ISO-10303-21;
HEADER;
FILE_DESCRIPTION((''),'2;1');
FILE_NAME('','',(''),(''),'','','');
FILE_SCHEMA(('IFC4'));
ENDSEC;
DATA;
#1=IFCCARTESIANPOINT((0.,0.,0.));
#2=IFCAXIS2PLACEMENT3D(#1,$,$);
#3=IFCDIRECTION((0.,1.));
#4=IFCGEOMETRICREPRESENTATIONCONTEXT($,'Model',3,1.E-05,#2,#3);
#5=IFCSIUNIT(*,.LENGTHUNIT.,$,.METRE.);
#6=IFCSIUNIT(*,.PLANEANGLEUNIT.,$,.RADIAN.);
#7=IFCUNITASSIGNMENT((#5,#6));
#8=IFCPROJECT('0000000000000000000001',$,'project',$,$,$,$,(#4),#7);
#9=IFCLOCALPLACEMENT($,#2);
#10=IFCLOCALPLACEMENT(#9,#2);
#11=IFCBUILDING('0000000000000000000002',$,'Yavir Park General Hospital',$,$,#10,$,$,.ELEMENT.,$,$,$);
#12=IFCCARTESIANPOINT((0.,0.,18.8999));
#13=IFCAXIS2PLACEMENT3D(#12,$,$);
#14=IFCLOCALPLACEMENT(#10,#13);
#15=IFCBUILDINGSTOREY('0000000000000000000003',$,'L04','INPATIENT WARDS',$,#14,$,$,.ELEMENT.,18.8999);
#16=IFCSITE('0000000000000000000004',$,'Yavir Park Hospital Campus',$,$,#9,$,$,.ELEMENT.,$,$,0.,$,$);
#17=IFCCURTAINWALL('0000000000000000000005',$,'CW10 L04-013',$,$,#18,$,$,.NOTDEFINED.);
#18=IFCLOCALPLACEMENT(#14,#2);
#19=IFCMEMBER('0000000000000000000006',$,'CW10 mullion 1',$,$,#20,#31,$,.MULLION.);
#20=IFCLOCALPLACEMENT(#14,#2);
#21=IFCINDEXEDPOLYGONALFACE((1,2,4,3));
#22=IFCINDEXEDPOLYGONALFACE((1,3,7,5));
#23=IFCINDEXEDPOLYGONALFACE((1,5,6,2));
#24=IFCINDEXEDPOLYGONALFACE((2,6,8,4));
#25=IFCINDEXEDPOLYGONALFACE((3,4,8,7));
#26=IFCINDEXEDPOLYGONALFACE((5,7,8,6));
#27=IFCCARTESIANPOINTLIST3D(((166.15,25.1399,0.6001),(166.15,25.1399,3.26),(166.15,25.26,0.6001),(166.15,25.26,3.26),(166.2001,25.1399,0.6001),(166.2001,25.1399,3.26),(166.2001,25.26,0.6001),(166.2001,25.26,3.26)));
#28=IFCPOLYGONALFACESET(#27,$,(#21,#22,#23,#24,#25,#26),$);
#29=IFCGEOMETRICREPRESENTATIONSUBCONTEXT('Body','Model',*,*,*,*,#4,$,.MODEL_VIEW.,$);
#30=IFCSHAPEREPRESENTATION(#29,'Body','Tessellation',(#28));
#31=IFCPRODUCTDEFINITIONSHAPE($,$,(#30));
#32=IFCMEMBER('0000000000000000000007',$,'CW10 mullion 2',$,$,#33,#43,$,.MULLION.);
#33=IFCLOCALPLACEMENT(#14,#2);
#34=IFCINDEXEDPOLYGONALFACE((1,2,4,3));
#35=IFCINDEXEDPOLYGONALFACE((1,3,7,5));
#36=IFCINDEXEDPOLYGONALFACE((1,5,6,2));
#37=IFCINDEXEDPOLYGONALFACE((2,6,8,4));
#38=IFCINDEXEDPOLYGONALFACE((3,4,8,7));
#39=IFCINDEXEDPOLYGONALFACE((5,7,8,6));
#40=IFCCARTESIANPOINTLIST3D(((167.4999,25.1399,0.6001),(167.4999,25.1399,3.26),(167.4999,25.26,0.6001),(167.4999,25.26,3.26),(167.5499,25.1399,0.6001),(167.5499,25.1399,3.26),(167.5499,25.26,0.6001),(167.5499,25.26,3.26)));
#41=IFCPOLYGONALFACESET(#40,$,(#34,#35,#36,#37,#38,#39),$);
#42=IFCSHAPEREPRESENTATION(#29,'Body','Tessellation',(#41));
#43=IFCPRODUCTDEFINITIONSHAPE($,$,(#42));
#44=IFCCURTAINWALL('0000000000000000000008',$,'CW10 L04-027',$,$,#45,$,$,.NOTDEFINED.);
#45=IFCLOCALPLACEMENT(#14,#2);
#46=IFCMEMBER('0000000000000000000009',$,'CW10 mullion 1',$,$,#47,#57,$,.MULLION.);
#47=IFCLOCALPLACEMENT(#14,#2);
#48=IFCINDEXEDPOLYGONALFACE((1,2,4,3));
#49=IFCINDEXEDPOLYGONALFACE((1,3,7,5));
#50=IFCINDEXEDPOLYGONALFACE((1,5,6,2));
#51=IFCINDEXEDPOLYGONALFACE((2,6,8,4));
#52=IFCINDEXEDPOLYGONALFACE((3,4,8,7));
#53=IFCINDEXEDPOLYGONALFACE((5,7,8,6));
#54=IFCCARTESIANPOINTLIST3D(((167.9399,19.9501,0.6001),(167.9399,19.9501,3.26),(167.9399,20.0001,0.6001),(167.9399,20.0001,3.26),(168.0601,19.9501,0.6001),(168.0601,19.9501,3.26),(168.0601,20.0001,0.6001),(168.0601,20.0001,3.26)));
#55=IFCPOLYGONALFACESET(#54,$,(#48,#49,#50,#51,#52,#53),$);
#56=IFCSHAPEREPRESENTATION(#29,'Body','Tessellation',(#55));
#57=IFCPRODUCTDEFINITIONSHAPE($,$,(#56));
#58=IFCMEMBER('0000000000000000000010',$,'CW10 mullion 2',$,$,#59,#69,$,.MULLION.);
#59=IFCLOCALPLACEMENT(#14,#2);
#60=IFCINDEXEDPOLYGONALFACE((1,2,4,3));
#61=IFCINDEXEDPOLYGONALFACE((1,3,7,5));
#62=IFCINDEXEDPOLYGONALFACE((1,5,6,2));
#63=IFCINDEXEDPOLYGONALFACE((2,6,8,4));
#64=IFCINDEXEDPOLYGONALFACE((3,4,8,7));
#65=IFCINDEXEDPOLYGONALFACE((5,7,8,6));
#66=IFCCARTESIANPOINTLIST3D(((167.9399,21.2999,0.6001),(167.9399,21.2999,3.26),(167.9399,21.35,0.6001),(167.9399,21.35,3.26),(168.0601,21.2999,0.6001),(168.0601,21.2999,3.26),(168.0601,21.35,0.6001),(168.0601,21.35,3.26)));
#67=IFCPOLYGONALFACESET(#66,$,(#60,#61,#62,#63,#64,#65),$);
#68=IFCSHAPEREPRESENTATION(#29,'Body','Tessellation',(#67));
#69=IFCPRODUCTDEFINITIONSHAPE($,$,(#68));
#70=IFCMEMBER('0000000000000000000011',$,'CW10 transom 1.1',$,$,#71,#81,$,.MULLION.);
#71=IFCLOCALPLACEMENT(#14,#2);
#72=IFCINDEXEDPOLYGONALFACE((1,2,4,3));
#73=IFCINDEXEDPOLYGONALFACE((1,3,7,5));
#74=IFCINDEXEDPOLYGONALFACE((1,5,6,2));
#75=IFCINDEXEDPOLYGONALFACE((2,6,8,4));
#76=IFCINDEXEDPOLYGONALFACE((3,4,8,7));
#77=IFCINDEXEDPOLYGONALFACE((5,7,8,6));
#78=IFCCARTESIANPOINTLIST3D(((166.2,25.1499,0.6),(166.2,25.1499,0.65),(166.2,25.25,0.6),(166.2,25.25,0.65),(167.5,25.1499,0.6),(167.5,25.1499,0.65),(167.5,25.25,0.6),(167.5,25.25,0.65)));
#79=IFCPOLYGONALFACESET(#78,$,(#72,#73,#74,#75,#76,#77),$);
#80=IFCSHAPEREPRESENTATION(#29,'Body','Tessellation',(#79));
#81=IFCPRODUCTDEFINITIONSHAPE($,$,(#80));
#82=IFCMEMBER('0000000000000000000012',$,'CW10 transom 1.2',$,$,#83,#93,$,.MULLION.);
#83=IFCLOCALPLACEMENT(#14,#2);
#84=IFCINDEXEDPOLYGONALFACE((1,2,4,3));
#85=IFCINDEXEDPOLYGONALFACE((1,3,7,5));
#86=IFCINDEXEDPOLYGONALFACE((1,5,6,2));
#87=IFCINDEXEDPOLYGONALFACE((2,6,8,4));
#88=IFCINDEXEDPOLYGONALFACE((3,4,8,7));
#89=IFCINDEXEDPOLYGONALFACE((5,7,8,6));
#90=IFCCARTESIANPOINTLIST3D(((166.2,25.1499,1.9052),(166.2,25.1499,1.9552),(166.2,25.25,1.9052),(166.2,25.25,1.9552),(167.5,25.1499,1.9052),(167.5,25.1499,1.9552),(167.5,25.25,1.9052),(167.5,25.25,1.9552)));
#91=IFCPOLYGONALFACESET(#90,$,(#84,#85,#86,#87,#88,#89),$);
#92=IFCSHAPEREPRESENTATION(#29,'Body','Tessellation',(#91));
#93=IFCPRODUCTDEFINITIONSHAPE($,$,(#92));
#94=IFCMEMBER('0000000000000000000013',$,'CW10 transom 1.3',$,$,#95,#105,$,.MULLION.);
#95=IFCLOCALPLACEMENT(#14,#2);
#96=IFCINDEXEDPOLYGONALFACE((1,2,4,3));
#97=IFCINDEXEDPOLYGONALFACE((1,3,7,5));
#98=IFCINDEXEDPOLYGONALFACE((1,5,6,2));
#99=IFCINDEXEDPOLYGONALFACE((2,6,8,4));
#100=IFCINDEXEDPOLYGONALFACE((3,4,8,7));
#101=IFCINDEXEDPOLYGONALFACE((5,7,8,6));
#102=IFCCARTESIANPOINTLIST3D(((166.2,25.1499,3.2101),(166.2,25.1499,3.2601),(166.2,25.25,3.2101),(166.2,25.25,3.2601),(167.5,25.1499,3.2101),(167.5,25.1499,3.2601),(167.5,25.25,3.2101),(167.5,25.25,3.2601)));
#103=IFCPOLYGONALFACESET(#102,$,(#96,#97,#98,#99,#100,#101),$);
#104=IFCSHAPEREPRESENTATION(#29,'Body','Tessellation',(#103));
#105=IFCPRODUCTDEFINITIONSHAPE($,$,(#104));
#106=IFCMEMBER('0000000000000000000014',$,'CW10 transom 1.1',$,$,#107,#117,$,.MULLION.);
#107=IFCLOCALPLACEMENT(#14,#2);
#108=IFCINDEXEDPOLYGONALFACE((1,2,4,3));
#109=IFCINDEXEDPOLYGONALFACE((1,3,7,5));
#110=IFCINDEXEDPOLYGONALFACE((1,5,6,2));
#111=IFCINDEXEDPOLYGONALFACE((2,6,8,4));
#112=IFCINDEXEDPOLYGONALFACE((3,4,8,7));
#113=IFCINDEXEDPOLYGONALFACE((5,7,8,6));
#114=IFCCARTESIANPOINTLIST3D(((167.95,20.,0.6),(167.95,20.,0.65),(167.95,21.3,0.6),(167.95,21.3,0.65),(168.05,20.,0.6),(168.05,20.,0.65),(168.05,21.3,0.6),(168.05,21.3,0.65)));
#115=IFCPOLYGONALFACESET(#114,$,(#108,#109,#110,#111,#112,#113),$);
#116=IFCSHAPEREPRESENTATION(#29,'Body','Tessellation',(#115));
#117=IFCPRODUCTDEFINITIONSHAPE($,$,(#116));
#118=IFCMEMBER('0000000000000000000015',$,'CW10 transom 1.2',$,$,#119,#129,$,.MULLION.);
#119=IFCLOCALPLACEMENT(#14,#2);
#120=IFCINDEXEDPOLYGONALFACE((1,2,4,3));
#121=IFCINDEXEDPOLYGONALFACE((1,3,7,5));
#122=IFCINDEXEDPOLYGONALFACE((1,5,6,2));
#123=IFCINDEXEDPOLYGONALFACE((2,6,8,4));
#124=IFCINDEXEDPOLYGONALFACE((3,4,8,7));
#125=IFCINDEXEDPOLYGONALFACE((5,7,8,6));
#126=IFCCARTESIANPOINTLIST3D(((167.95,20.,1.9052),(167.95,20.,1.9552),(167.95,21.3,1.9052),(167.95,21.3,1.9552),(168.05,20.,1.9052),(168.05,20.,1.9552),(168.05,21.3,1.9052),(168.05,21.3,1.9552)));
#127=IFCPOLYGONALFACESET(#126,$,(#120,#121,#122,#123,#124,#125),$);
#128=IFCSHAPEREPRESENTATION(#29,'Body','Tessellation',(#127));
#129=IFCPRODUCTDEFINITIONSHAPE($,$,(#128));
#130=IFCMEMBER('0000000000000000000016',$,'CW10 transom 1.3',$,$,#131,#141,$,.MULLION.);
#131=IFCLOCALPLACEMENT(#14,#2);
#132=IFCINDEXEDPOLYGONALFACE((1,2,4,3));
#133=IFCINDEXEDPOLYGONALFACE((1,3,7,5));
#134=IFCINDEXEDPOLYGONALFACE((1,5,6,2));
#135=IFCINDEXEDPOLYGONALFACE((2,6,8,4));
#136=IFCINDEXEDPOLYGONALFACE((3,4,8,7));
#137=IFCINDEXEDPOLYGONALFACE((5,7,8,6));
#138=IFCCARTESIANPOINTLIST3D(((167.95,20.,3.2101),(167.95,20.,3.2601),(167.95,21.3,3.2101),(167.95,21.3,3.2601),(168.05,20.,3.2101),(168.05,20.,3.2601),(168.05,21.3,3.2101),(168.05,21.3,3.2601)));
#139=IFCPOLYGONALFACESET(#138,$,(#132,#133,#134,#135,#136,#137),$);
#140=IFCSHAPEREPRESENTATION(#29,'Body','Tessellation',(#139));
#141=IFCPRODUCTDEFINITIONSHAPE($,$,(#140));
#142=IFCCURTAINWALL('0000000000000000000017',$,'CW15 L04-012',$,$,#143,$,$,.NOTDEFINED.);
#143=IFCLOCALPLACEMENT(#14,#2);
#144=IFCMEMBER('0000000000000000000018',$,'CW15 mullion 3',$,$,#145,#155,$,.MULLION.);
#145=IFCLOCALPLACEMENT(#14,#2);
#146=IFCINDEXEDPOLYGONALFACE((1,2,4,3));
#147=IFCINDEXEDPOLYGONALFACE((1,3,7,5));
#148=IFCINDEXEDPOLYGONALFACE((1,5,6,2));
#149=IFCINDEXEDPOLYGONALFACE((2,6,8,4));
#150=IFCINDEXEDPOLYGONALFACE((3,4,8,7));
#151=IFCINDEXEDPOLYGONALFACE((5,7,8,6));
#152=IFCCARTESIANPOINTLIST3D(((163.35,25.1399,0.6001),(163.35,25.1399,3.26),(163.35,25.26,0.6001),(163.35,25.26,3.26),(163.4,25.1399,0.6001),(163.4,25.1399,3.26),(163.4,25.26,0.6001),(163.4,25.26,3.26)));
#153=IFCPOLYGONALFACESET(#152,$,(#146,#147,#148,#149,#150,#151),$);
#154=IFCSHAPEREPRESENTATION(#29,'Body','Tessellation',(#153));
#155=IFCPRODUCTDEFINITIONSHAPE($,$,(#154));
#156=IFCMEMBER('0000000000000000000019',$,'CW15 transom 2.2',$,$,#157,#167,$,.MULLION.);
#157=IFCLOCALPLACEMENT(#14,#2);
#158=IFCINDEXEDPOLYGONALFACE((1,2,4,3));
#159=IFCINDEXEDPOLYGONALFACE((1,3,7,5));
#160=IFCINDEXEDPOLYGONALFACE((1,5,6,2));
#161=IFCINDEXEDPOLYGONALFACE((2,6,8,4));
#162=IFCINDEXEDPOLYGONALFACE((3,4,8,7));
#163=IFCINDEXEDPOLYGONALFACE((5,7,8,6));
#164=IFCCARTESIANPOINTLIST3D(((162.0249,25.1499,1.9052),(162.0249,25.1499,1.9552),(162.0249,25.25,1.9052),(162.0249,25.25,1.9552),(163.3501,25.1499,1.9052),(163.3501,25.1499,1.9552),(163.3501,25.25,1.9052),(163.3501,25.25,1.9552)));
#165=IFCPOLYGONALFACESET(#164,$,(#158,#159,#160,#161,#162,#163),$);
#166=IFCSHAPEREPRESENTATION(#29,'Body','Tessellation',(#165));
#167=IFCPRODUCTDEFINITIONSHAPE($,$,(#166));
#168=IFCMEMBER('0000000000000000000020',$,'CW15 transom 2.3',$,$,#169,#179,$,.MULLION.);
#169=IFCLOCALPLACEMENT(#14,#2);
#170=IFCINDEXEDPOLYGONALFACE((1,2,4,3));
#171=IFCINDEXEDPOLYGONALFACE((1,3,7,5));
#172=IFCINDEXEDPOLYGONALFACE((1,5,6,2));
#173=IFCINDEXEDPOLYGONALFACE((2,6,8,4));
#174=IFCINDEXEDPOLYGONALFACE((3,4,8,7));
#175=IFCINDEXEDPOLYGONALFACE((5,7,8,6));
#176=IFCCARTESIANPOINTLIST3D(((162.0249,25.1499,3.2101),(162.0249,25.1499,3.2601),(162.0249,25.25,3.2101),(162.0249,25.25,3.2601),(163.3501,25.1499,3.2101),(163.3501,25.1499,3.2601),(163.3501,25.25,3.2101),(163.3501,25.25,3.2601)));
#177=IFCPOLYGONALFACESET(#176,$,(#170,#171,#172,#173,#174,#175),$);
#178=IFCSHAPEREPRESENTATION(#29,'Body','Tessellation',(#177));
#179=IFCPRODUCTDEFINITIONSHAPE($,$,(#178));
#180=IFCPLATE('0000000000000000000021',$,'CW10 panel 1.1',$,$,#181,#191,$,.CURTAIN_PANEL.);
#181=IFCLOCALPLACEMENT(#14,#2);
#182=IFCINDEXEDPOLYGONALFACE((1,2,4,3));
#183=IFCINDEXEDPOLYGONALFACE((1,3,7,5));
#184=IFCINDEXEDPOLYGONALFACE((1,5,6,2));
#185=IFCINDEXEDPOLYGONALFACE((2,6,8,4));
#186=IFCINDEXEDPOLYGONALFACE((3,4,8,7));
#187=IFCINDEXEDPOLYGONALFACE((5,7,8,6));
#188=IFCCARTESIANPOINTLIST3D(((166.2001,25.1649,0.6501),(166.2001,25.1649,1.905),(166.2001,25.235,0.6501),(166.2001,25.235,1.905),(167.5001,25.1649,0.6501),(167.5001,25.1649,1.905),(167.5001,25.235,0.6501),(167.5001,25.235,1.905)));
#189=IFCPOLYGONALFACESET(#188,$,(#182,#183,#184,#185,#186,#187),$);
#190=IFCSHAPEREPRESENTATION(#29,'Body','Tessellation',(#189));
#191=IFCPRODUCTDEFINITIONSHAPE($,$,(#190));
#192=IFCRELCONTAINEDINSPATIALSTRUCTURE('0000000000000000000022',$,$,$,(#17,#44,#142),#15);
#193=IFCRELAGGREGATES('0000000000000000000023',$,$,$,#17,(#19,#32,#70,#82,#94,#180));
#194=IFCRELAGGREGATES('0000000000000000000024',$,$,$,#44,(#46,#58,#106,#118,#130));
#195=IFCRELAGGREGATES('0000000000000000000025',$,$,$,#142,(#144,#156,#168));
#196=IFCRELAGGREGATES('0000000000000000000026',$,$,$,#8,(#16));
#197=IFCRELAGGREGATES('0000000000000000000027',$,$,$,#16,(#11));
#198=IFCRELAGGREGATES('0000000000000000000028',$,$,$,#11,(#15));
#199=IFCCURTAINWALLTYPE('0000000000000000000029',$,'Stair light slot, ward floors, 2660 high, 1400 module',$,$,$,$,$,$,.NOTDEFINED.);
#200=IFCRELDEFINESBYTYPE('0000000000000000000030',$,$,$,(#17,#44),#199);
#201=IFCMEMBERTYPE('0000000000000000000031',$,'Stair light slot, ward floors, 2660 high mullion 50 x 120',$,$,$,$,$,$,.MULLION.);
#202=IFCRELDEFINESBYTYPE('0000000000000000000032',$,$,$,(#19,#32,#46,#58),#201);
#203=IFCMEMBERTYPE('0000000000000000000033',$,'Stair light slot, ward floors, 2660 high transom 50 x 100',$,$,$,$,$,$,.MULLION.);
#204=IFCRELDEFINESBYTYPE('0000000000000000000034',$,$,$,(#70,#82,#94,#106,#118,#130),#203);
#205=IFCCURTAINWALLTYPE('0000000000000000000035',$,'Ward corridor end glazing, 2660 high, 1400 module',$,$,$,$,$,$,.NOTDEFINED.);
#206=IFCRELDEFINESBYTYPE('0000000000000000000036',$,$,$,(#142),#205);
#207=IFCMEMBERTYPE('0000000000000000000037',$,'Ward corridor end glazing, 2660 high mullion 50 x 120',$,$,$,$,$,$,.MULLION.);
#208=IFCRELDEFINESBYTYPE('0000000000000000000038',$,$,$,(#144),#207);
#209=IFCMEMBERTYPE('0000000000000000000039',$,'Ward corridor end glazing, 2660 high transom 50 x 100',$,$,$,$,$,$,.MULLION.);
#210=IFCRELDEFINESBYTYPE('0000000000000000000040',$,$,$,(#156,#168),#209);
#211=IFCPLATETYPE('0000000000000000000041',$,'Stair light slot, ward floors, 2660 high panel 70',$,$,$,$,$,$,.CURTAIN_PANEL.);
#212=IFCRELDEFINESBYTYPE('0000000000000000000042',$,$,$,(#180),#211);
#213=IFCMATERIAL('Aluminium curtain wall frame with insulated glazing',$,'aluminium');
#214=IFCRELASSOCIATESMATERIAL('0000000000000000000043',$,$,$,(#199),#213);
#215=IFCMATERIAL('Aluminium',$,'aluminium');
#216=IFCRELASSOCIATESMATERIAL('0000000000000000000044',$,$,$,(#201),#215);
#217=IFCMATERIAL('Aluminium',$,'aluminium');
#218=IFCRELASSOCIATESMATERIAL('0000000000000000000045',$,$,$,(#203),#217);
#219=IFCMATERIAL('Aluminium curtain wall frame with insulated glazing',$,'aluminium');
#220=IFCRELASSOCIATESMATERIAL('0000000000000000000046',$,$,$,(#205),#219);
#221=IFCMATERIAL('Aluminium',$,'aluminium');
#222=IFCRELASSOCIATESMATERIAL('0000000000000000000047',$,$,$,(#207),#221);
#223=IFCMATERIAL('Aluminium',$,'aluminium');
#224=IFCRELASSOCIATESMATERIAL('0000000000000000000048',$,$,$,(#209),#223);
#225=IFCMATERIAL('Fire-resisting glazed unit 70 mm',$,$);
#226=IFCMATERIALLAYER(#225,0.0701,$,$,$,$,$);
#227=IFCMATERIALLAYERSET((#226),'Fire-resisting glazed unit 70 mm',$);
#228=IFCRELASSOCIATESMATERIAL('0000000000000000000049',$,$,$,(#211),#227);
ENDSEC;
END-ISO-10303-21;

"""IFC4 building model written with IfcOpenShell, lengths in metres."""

from ifc_helpers import new_model, si_unit, direction, frame, origin, origin_2d, place, context, subcontext, project, spatial, rectangle, extrude, material, layer, layer_set, material_profile, profile_set, type_object, element, aggregate, save


model = new_model("IFC4")

# Units and contexts
model_context = context("Model", 3, precision=1e-05, world=origin(), true_north=direction((0.0, 1.0)))
body_context = subcontext(model_context, "Body", "Model", "MODEL_VIEW")
ifc_project = project(units=[si_unit("LENGTHUNIT", "METRE"), si_unit("PLANEANGLEUNIT", "RADIAN")], contexts=[model_context])

# Site, building, storey
site_placement = place(None, origin())
site = spatial("IfcSite", under=ifc_project, at=site_placement, Name="Yavir Park Hospital Campus", CompositionType="ELEMENT", RefElevation=0.0)
building_placement = place(site_placement, origin())
building = spatial("IfcBuilding", under=site, at=building_placement, Name="Yavir Park General Hospital", CompositionType="ELEMENT")
storey_placement = place(building_placement, frame((0.0, 0.0, 18.8999)))
storey = spatial("IfcBuildingStorey", under=building, at=storey_placement, Name="L04", Description="INPATIENT WARDS", CompositionType="ELEMENT", Elevation=18.8999)

# Curtain walls, members
ifc_material_1 = material(Name="Aluminium curtain wall frame with insulated glazing", Category="aluminium")
curtain_wall_type_1 = type_object("IfcCurtainWallType", Name="Stair light slot, ward floors, 2660 high, 1400 module", PredefinedType="NOTDEFINED", material=ifc_material_1)
curtain_wall_1_placement = place(storey_placement, origin())
curtain_wall_1 = element("IfcCurtainWall", 1, at=curtain_wall_1_placement, inside=storey, type_object=curtain_wall_type_1, Name="CW10 L04-013", PredefinedType="NOTDEFINED")
ifc_material_2 = material(Name="Aluminium", Category="aluminium")
ifc_material_profile_1 = material_profile(ifc_material_2, rectangle(XDim=0.1201, YDim=0.05, at=origin_2d()), Name="AL 50x120")
ifc_profile_set_1 = profile_set([ifc_material_profile_1], Name="Aluminium")
member_type_1 = type_object("IfcMemberType", Name="Stair light slot, ward floors, 2660 high mullion 50 x 120", PredefinedType="MULLION", material=ifc_profile_set_1)
member_1_placement = place(storey_placement, frame((166.175, 25.2, 0.6001), z_axis=(0.0, 0.0, 1.0), x_axis=(0.0, 1.0, 0.0)))
member_1 = element("IfcMember", 2, at=member_1_placement, type_object=member_type_1, Name="CW10 mullion 1", PredefinedType="MULLION", context=body_context, shape_type="SweptSolid", body=[
    extrude(rectangle(XDim=0.1201, YDim=0.05, at=origin_2d()), origin(), (0.0, 0.0, 1.0), 2.6599),
])
member_2_placement = place(storey_placement, frame((167.5249, 25.2, 0.6001), z_axis=(0.0, 0.0, 1.0), x_axis=(0.0, 1.0, 0.0)))
member_2 = element("IfcMember", 3, at=member_2_placement, type_object=member_type_1, Name="CW10 mullion 2", PredefinedType="MULLION", context=body_context, shape_type="SweptSolid", body=[
    extrude(rectangle(XDim=0.1201, YDim=0.05, at=origin_2d()), origin(), (0.0, 0.0, 1.0), 2.6599),
])
curtain_wall_2_placement = place(storey_placement, origin())
curtain_wall_2 = element("IfcCurtainWall", 4, at=curtain_wall_2_placement, inside=storey, type_object=curtain_wall_type_1, Name="CW10 L04-027", PredefinedType="NOTDEFINED")
member_3_placement = place(storey_placement, frame((168.0, 19.9751, 0.6001), z_axis=(0.0, 0.0, 1.0), x_axis=(-1.0, 0.0, 0.0)))
member_3 = element("IfcMember", 5, at=member_3_placement, type_object=member_type_1, Name="CW10 mullion 1", PredefinedType="MULLION", context=body_context, shape_type="SweptSolid", body=[
    extrude(rectangle(XDim=0.1201, YDim=0.05, at=origin_2d()), origin(), (0.0, 0.0, 1.0), 2.6599),
])
member_4_placement = place(storey_placement, frame((168.0, 21.325, 0.6001), z_axis=(0.0, 0.0, 1.0), x_axis=(-1.0, 0.0, 0.0)))
member_4 = element("IfcMember", 6, at=member_4_placement, type_object=member_type_1, Name="CW10 mullion 2", PredefinedType="MULLION", context=body_context, shape_type="SweptSolid", body=[
    extrude(rectangle(XDim=0.1201, YDim=0.05, at=origin_2d()), origin(), (0.0, 0.0, 1.0), 2.6599),
])

# Members
ifc_material_3 = material(Name="Aluminium", Category="aluminium")
ifc_material_profile_2 = material_profile(ifc_material_3, rectangle(XDim=0.1001, YDim=0.05, at=origin_2d()), Name="AL 100x50")
ifc_profile_set_2 = profile_set([ifc_material_profile_2], Name="Aluminium")
member_type_2 = type_object("IfcMemberType", Name="Stair light slot, ward floors, 2660 high transom 50 x 100", PredefinedType="MULLION", material=ifc_profile_set_2)
member_5_placement = place(storey_placement, frame((166.2, 25.2, 0.625), z_axis=(1.0, 0.0, 0.0), x_axis=(0.0, 1.0, 0.0)))
member_5 = element("IfcMember", 7, at=member_5_placement, type_object=member_type_2, Name="CW10 transom 1.1", PredefinedType="MULLION", context=body_context, shape_type="SweptSolid", body=[
    extrude(rectangle(XDim=0.1001, YDim=0.05, at=origin_2d()), origin(), (0.0, 0.0, 1.0), 1.3),
])
member_6_placement = place(storey_placement, frame((166.2, 25.2, 1.9302), z_axis=(1.0, 0.0, 0.0), x_axis=(0.0, 1.0, 0.0)))
member_6 = element("IfcMember", 8, at=member_6_placement, type_object=member_type_2, Name="CW10 transom 1.2", PredefinedType="MULLION", context=body_context, shape_type="SweptSolid", body=[
    extrude(rectangle(XDim=0.1001, YDim=0.05, at=origin_2d()), origin(), (0.0, 0.0, 1.0), 1.3),
])
member_7_placement = place(storey_placement, frame((166.2, 25.2, 3.2351), z_axis=(1.0, 0.0, 0.0), x_axis=(0.0, 1.0, 0.0)))
member_7 = element("IfcMember", 9, at=member_7_placement, type_object=member_type_2, Name="CW10 transom 1.3", PredefinedType="MULLION", context=body_context, shape_type="SweptSolid", body=[
    extrude(rectangle(XDim=0.1001, YDim=0.05, at=origin_2d()), origin(), (0.0, 0.0, 1.0), 1.3),
])
member_8_placement = place(storey_placement, frame((168.0, 20.0, 0.625), z_axis=(0.0, 1.0, 0.0), x_axis=(-1.0, 0.0, 0.0)))
member_8 = element("IfcMember", 10, at=member_8_placement, type_object=member_type_2, Name="CW10 transom 1.1", PredefinedType="MULLION", context=body_context, shape_type="SweptSolid", body=[
    extrude(rectangle(XDim=0.1001, YDim=0.05, at=origin_2d()), origin(), (0.0, 0.0, 1.0), 1.3),
])
member_9_placement = place(storey_placement, frame((168.0, 20.0, 1.9302), z_axis=(0.0, 1.0, 0.0), x_axis=(-1.0, 0.0, 0.0)))
member_9 = element("IfcMember", 11, at=member_9_placement, type_object=member_type_2, Name="CW10 transom 1.2", PredefinedType="MULLION", context=body_context, shape_type="SweptSolid", body=[
    extrude(rectangle(XDim=0.1001, YDim=0.05, at=origin_2d()), origin(), (0.0, 0.0, 1.0), 1.3),
])
member_10_placement = place(storey_placement, frame((168.0, 20.0, 3.2351), z_axis=(0.0, 1.0, 0.0), x_axis=(-1.0, 0.0, 0.0)))
member_10 = element("IfcMember", 12, at=member_10_placement, type_object=member_type_2, Name="CW10 transom 1.3", PredefinedType="MULLION", context=body_context, shape_type="SweptSolid", body=[
    extrude(rectangle(XDim=0.1001, YDim=0.05, at=origin_2d()), origin(), (0.0, 0.0, 1.0), 1.3),
])

# Curtain wall, members
ifc_material_4 = material(Name="Aluminium curtain wall frame with insulated glazing", Category="aluminium")
curtain_wall_type_2 = type_object("IfcCurtainWallType", Name="Ward corridor end glazing, 2660 high, 1400 module", PredefinedType="NOTDEFINED", material=ifc_material_4)
curtain_wall_3_placement = place(storey_placement, origin())
curtain_wall_3 = element("IfcCurtainWall", 13, at=curtain_wall_3_placement, inside=storey, type_object=curtain_wall_type_2, Name="CW15 L04-012", PredefinedType="NOTDEFINED")
ifc_material_5 = material(Name="Aluminium", Category="aluminium")
ifc_material_profile_3 = material_profile(ifc_material_5, rectangle(XDim=0.1201, YDim=0.05, at=origin_2d()), Name="AL 50x120")
ifc_profile_set_3 = profile_set([ifc_material_profile_3], Name="Aluminium")
member_type_3 = type_object("IfcMemberType", Name="Ward corridor end glazing, 2660 high mullion 50 x 120", PredefinedType="MULLION", material=ifc_profile_set_3)
member_11_placement = place(storey_placement, frame((163.375, 25.2, 0.6001), z_axis=(0.0, 0.0, 1.0), x_axis=(0.0, 1.0, 0.0)))
member_11 = element("IfcMember", 14, at=member_11_placement, type_object=member_type_3, Name="CW15 mullion 3", PredefinedType="MULLION", context=body_context, shape_type="SweptSolid", body=[
    extrude(rectangle(XDim=0.1201, YDim=0.05, at=origin_2d()), origin(), (0.0, 0.0, 1.0), 2.6599),
])
ifc_material_6 = material(Name="Aluminium", Category="aluminium")
ifc_material_profile_4 = material_profile(ifc_material_6, rectangle(XDim=0.1001, YDim=0.05, at=origin_2d()), Name="AL 100x50")
ifc_profile_set_4 = profile_set([ifc_material_profile_4], Name="Aluminium")
member_type_4 = type_object("IfcMemberType", Name="Ward corridor end glazing, 2660 high transom 50 x 100", PredefinedType="MULLION", material=ifc_profile_set_4)
member_12_placement = place(storey_placement, frame((162.0249, 25.2, 1.9302), z_axis=(1.0, 0.0, 0.0), x_axis=(0.0, 1.0, 0.0)))
member_12 = element("IfcMember", 15, at=member_12_placement, type_object=member_type_4, Name="CW15 transom 2.2", PredefinedType="MULLION", context=body_context, shape_type="SweptSolid", body=[
    extrude(rectangle(XDim=0.1001, YDim=0.05, at=origin_2d()), origin(), (0.0, 0.0, 1.0), 1.3252),
])
member_13_placement = place(storey_placement, frame((162.0249, 25.2, 3.2351), z_axis=(1.0, 0.0, 0.0), x_axis=(0.0, 1.0, 0.0)))
member_13 = element("IfcMember", 16, at=member_13_placement, type_object=member_type_4, Name="CW15 transom 2.3", PredefinedType="MULLION", context=body_context, shape_type="SweptSolid", body=[
    extrude(rectangle(XDim=0.1001, YDim=0.05, at=origin_2d()), origin(), (0.0, 0.0, 1.0), 1.3252),
])

# Plate
ifc_material_7 = material(Name="Fire-resisting glazed unit 70 mm")
ifc_layer_1 = layer(ifc_material_7, 0.0701)
ifc_layer_set_1 = layer_set([ifc_layer_1], Name="Fire-resisting glazed unit 70 mm")
plate_type_1 = type_object("IfcPlateType", Name="Stair light slot, ward floors, 2660 high panel 70", PredefinedType="CURTAIN_PANEL", material=ifc_layer_set_1)
plate_1_placement = place(storey_placement, frame((166.8501, 25.2, 0.6501), z_axis=(0.0, 0.0, 1.0), x_axis=(1.0, 0.0, 0.0)))
plate_1 = element("IfcPlate", 17, at=plate_1_placement, type_object=plate_type_1, Name="CW10 panel 1.1", PredefinedType="CURTAIN_PANEL", context=body_context, shape_type="SweptSolid", body=[
    extrude(rectangle(XDim=1.3, YDim=0.0701, at=origin_2d()), origin(), (0.0, 0.0, 1.0), 1.2549),
])
aggregate(curtain_wall_1, [member_1, member_2, member_5, member_6, member_7, plate_1])
aggregate(curtain_wall_2, [member_3, member_4, member_8, member_9, member_10])
aggregate(curtain_wall_3, [member_11, member_12, member_13])

save(model, "model.ifc")
